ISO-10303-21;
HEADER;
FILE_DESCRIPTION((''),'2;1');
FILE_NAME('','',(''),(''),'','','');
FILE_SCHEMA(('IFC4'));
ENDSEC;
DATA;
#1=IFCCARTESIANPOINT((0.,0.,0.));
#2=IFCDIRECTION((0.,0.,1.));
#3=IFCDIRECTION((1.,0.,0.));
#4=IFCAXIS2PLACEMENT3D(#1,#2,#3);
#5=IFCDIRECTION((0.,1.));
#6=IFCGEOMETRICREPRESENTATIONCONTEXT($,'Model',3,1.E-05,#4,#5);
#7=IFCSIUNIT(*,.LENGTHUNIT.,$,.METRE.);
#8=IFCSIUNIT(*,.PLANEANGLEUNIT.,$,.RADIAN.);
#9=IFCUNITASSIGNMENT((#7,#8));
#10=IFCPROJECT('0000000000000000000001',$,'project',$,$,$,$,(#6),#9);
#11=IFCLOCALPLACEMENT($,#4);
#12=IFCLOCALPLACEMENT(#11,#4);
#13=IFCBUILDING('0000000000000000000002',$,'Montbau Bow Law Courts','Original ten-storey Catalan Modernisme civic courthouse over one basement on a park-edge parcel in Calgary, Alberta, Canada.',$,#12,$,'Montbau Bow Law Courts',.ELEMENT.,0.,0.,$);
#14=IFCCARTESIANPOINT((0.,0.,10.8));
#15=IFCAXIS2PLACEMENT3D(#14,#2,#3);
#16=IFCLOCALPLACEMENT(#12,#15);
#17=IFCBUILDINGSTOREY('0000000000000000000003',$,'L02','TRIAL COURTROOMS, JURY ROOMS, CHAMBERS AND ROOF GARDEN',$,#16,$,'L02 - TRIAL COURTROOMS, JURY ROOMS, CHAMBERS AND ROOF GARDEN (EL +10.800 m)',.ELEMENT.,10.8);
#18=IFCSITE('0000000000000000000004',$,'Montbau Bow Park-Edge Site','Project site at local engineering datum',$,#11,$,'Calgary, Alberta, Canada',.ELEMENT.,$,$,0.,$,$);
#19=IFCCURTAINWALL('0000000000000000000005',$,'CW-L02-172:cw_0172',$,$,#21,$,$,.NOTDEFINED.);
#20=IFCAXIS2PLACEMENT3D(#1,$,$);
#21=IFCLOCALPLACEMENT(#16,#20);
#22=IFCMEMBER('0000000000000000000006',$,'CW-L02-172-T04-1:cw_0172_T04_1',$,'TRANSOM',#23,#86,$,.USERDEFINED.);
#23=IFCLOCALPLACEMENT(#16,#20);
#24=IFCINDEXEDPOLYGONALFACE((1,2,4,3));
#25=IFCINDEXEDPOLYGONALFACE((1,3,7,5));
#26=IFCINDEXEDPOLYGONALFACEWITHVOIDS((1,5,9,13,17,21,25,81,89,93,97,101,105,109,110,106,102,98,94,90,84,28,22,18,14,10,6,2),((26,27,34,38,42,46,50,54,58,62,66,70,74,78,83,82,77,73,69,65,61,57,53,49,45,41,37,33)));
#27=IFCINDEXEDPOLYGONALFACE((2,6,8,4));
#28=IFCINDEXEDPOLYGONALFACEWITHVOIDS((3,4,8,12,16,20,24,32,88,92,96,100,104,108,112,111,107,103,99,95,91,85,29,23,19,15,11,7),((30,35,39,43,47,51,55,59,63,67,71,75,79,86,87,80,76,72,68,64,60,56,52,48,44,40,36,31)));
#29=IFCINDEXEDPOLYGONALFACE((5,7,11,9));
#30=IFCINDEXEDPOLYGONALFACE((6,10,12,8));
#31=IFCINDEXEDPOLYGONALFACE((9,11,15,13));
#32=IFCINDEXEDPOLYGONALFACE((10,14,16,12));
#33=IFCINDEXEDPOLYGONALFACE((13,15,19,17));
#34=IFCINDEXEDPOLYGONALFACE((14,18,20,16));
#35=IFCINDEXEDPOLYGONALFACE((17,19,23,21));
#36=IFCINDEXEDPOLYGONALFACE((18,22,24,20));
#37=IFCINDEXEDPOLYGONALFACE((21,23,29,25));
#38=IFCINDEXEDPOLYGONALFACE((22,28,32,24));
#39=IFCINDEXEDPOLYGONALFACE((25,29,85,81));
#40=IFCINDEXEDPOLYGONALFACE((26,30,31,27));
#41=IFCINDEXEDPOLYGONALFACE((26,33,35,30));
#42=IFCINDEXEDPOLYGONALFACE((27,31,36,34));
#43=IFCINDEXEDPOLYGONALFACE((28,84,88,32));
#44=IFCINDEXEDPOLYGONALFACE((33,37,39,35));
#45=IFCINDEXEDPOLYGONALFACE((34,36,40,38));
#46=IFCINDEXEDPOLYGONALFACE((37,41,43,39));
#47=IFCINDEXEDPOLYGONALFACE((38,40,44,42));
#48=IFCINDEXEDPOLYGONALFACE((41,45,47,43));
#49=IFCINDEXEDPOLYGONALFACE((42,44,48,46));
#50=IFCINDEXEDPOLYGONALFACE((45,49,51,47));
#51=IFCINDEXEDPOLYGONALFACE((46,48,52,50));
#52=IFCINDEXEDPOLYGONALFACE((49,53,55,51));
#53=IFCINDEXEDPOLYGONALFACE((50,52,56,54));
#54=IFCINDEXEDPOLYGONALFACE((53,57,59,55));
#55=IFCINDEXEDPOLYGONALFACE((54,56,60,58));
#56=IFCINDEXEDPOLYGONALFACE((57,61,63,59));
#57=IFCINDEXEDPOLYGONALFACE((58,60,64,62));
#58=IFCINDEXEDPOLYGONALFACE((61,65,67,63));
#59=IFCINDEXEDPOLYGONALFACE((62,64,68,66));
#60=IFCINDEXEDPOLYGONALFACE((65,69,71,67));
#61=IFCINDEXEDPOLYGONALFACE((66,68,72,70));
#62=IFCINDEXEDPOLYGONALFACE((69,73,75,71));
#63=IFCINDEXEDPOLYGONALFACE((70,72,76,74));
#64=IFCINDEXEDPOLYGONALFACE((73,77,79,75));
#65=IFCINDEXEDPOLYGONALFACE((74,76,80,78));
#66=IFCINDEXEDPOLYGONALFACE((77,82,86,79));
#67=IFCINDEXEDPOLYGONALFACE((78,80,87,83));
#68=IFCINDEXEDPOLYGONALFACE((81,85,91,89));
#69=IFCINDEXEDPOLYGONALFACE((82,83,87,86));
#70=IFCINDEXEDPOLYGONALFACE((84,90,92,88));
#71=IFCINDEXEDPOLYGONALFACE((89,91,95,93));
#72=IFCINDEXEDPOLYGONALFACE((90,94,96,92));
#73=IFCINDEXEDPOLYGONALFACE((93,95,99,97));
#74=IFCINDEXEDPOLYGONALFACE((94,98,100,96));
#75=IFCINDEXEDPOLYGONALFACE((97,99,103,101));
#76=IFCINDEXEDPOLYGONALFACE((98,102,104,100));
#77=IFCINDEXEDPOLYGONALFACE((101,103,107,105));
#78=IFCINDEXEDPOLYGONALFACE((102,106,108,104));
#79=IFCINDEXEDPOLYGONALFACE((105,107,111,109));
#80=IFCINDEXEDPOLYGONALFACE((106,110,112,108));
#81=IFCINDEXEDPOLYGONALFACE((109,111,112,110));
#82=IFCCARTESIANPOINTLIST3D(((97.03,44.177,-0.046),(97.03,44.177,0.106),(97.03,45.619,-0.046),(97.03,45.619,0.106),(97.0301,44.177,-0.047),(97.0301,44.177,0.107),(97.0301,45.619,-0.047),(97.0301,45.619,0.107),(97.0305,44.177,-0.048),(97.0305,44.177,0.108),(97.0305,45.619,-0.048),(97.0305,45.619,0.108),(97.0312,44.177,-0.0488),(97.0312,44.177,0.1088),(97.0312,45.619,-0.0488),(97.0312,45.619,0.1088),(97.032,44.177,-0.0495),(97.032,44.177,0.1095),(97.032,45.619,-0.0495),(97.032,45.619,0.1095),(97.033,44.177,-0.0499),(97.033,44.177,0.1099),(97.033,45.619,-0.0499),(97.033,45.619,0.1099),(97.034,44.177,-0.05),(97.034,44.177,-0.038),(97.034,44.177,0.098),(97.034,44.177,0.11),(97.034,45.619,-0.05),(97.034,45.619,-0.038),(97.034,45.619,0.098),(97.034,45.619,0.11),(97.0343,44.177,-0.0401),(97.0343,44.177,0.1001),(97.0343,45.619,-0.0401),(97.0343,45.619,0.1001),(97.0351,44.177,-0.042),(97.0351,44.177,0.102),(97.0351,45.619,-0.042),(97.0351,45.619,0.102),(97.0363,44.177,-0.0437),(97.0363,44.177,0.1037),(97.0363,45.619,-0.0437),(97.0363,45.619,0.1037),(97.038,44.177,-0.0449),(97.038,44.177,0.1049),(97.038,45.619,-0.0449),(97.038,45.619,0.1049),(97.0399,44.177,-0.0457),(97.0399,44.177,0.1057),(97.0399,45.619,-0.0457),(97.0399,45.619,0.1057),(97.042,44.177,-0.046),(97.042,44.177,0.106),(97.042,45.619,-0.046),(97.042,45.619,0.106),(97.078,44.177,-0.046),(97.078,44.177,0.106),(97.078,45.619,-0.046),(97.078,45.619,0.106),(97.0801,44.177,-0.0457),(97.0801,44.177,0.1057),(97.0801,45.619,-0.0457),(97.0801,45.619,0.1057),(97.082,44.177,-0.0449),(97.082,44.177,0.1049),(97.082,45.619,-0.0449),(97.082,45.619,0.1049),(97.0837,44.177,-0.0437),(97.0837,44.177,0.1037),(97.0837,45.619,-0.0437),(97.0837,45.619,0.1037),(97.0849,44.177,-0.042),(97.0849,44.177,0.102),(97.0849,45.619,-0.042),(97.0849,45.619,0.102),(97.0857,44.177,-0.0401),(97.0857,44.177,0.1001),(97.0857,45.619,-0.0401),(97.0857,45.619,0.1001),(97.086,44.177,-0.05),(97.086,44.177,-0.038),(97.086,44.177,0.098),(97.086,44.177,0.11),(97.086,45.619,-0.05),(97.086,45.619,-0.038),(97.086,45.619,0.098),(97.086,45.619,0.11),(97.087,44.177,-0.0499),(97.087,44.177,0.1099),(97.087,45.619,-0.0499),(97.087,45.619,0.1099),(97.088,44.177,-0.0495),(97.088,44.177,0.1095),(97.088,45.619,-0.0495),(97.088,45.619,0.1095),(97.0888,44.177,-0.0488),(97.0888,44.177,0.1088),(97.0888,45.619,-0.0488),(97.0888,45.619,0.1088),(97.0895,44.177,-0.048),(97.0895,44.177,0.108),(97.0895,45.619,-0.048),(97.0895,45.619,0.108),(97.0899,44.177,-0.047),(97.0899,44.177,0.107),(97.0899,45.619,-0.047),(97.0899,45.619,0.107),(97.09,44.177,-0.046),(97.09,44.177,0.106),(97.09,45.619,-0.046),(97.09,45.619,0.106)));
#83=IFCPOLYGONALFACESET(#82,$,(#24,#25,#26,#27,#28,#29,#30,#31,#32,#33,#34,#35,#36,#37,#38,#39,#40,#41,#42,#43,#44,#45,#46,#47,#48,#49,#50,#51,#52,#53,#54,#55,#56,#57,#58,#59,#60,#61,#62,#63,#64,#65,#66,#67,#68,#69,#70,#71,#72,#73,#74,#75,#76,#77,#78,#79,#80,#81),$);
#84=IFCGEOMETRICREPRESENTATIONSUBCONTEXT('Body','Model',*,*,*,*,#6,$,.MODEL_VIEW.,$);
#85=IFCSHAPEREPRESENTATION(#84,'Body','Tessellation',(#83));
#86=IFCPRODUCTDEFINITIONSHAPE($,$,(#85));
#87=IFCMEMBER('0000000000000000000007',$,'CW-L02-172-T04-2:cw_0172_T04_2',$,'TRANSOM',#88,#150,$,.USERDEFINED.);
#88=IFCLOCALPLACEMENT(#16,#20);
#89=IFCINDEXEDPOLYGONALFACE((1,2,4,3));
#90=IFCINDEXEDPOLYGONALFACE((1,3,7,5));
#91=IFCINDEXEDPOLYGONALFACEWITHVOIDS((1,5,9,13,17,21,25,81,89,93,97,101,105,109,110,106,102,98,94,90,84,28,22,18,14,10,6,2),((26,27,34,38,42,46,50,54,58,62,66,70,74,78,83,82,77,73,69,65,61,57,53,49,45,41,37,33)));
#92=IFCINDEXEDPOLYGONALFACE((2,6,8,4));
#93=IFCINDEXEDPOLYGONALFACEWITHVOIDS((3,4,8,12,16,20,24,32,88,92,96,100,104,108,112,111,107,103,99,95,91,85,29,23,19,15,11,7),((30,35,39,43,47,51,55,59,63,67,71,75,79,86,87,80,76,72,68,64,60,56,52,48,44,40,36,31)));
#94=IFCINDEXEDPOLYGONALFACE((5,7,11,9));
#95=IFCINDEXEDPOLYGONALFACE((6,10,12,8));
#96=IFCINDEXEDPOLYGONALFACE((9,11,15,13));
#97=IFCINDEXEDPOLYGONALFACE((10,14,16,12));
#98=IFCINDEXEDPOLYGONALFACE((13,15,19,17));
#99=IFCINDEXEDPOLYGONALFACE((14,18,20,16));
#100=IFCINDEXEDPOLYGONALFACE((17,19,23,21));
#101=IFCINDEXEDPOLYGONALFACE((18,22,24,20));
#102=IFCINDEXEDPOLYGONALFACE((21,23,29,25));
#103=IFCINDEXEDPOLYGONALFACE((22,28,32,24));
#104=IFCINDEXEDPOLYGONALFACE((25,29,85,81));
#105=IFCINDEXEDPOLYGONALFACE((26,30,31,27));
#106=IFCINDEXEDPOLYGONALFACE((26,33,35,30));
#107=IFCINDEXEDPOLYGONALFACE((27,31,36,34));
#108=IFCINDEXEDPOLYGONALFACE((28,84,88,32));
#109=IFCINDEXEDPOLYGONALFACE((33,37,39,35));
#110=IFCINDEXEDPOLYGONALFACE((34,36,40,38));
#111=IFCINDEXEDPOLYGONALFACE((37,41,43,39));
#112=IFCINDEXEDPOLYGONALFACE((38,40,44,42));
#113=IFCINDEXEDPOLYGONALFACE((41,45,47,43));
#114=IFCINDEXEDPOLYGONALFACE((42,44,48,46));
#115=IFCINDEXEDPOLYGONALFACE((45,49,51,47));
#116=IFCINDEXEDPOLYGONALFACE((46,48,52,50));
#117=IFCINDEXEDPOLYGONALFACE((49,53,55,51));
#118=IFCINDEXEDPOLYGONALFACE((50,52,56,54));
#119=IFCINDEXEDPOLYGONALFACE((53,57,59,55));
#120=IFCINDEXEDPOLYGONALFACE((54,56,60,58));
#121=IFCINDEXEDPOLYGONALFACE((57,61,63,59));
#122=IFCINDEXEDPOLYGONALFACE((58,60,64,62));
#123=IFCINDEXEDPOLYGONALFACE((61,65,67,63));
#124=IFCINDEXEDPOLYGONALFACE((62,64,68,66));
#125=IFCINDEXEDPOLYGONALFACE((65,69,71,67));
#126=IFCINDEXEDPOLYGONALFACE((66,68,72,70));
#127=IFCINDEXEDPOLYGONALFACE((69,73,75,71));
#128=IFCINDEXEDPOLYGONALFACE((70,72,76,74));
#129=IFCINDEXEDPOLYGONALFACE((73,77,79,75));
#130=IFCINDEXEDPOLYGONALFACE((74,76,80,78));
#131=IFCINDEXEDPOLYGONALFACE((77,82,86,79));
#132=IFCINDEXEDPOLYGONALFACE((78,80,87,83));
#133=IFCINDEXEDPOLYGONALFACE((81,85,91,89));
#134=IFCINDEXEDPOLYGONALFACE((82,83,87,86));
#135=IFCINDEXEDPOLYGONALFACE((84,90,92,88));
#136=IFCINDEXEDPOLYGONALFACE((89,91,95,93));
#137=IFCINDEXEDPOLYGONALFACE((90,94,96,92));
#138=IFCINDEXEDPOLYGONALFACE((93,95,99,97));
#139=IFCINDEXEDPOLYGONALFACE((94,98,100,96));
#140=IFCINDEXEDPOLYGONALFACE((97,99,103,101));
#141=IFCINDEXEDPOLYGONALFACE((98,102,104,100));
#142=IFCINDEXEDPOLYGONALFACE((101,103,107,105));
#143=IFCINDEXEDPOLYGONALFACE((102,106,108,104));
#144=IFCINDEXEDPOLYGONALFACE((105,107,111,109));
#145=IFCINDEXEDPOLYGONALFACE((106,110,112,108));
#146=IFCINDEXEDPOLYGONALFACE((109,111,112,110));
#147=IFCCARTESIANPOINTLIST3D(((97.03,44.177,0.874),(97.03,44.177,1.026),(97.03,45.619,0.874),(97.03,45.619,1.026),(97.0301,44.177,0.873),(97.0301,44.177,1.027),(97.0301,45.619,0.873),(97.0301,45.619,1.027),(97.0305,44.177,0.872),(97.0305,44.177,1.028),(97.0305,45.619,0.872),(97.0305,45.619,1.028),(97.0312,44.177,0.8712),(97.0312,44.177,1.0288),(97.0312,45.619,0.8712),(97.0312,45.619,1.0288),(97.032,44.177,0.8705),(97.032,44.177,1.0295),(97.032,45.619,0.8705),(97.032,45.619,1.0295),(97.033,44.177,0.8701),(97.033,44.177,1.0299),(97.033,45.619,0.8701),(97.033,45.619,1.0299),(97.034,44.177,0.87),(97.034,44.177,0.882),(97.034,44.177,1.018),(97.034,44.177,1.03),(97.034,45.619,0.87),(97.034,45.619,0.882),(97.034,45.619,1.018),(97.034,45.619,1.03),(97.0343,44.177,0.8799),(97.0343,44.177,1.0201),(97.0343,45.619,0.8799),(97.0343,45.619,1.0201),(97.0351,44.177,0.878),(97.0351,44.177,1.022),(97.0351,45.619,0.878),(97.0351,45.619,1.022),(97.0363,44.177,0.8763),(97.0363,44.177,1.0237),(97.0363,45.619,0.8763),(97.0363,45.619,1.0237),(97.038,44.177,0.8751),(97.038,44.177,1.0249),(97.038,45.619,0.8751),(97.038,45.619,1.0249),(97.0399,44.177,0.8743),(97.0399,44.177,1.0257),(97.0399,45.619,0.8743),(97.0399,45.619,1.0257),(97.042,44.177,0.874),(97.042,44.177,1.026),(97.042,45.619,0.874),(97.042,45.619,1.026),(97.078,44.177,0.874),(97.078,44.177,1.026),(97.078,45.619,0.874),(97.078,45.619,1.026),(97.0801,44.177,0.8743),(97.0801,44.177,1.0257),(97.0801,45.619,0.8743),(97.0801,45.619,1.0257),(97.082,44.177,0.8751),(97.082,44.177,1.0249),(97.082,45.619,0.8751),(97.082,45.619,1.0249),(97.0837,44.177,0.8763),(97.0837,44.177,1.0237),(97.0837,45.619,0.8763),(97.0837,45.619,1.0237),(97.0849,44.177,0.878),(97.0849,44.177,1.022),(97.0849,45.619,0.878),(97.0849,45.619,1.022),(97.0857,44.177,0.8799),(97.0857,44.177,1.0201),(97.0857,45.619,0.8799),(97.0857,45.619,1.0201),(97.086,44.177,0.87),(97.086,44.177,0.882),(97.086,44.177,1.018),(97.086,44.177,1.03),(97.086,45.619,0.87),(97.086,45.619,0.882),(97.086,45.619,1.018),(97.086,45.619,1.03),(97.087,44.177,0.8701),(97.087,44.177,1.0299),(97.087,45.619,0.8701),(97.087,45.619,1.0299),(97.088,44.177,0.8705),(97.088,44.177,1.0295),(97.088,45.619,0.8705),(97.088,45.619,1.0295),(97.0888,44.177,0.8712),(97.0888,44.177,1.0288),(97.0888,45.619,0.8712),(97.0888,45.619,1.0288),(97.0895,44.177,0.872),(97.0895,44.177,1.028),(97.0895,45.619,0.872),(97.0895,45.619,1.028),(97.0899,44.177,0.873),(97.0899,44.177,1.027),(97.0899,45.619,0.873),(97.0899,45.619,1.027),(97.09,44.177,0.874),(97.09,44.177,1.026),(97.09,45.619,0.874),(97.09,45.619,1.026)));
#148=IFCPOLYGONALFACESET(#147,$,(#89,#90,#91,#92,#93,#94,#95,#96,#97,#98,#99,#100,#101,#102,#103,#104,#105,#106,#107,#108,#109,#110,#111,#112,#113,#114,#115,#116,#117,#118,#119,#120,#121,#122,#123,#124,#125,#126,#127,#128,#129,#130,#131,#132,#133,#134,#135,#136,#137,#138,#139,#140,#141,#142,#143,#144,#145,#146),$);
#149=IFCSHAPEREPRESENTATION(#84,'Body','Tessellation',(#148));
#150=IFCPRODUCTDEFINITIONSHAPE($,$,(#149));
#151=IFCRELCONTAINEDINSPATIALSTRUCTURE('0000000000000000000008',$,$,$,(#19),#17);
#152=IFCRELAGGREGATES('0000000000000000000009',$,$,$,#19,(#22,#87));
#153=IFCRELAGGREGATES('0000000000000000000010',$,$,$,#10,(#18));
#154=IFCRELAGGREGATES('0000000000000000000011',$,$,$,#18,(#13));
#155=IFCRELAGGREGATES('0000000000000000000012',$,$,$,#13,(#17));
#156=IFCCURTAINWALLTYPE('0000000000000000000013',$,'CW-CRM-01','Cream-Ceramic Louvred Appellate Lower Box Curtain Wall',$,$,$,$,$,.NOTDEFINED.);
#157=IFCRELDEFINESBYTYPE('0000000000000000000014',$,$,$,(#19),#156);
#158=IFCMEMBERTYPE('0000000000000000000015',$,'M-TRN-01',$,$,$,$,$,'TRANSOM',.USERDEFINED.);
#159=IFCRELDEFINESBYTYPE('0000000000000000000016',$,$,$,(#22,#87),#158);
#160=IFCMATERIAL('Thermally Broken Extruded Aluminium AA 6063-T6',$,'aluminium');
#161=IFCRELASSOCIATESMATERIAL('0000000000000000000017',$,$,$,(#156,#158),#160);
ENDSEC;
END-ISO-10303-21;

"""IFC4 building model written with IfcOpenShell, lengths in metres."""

from ifc_helpers import new_model, si_unit, direction, frame, origin_with_axes, origin_2d_with_axis, place, context, subcontext, project, spatial, hollow_rectangle, extrude, material, material_profile, profile_set, type_object, element, aggregate, save


model = new_model("IFC4")

# Units and contexts
model_context = context("Model", 3, precision=1e-05, world=origin_with_axes(), true_north=direction((0.0, 1.0)))
body_context = subcontext(model_context, "Body", "Model", "MODEL_VIEW")
ifc_project = project(units=[si_unit("LENGTHUNIT", "METRE"), si_unit("PLANEANGLEUNIT", "RADIAN")], contexts=[model_context])

# Site, building, storey
site_placement = place(None, origin_with_axes())
site = spatial("IfcSite", under=ifc_project, at=site_placement, Name="Montbau Bow Park-Edge Site", Description="Project site at local engineering datum", LongName="Calgary, Alberta, Canada", CompositionType="ELEMENT", RefElevation=0.0)
building_placement = place(site_placement, origin_with_axes())
building = spatial("IfcBuilding", under=site, at=building_placement, Name="Montbau Bow Law Courts", Description="Original ten-storey Catalan Modernisme civic courthouse over one basement on a park-edge parcel in Calgary, Alberta, Canada.", LongName="Montbau Bow Law Courts", CompositionType="ELEMENT", ElevationOfRefHeight=0.0, ElevationOfTerrain=0.0)
storey_placement = place(building_placement, frame((0.0, 0.0, 10.8), z_axis=(0.0, 0.0, 1.0), x_axis=(1.0, 0.0, 0.0)))
storey = spatial("IfcBuildingStorey", under=building, at=storey_placement, Name="L02", Description="TRIAL COURTROOMS, JURY ROOMS, CHAMBERS AND ROOF GARDEN", LongName="L02 - TRIAL COURTROOMS, JURY ROOMS, CHAMBERS AND ROOF GARDEN (EL +10.800 m)", CompositionType="ELEMENT", Elevation=10.8)

# Curtain wall
ifc_material_1 = material(Name="Thermally Broken Extruded Aluminium AA 6063-T6", Category="aluminium")
curtain_wall_type = type_object("IfcCurtainWallType", Name="CW-CRM-01", Description="Cream-Ceramic Louvred Appellate Lower Box Curtain Wall", PredefinedType="NOTDEFINED", material=ifc_material_1)
curtain_wall_1_placement = place(None, frame((97.06, 39.515, 10.8), z_axis=(0.0, 0.0, 1.0), x_axis=(1.0, 0.0, 0.0)))
curtain_wall_1 = element("IfcCurtainWall", 1, at=curtain_wall_1_placement, inside=storey, type_object=curtain_wall_type, Name="CW-L02-172:cw_0172", PredefinedType="NOTDEFINED")

# Members
ifc_material_profile_1 = material_profile(ifc_material_1, hollow_rectangle(XDim=0.06, YDim=0.16, WallThickness=0.004, InnerFilletRadius=0.008, OuterFilletRadius=0.004, at=origin_2d_with_axis()), Name="CWT-160X60", Category="Main", Priority=0)
ifc_profile_set_1 = profile_set([ifc_material_profile_1], Name="Thermally Broken Extruded Aluminium AA 6063-T6")
member_type_1 = type_object("IfcMemberType", Name="M-TRN-01", ElementType="TRANSOM", PredefinedType="USERDEFINED", material=ifc_profile_set_1)
member_1_placement = place(None, frame((97.06, 44.177, 10.83), z_axis=(0.0, 1.0, 0.0), x_axis=(-1.0, 0.0, 0.0)))
member_1 = element("IfcMember", 2, at=member_1_placement, type_object=member_type_1, Name="CW-L02-172-T04-1:cw_0172_T04_1", ObjectType="TRANSOM", PredefinedType="USERDEFINED", context=body_context, shape_type="SweptSolid", body=[
    extrude(hollow_rectangle(XDim=0.06, YDim=0.16, WallThickness=0.004, InnerFilletRadius=0.008, OuterFilletRadius=0.004, at=origin_2d_with_axis()), origin_with_axes(), (0.0, 0.0, 1.0), 1.442),
])
member_2_placement = place(None, frame((97.06, 44.177, 11.75), z_axis=(0.0, 1.0, 0.0), x_axis=(-1.0, 0.0, 0.0)))
member_2 = element("IfcMember", 3, at=member_2_placement, type_object=member_type_1, Name="CW-L02-172-T04-2:cw_0172_T04_2", ObjectType="TRANSOM", PredefinedType="USERDEFINED", context=body_context, shape_type="SweptSolid", body=[
    extrude(hollow_rectangle(XDim=0.06, YDim=0.16, WallThickness=0.004, InnerFilletRadius=0.008, OuterFilletRadius=0.004, at=origin_2d_with_axis()), origin_with_axes(), (0.0, 0.0, 1.0), 1.442),
])

aggregate(curtain_wall_1, [member_1, member_2])

save(model, "model.ifc")
